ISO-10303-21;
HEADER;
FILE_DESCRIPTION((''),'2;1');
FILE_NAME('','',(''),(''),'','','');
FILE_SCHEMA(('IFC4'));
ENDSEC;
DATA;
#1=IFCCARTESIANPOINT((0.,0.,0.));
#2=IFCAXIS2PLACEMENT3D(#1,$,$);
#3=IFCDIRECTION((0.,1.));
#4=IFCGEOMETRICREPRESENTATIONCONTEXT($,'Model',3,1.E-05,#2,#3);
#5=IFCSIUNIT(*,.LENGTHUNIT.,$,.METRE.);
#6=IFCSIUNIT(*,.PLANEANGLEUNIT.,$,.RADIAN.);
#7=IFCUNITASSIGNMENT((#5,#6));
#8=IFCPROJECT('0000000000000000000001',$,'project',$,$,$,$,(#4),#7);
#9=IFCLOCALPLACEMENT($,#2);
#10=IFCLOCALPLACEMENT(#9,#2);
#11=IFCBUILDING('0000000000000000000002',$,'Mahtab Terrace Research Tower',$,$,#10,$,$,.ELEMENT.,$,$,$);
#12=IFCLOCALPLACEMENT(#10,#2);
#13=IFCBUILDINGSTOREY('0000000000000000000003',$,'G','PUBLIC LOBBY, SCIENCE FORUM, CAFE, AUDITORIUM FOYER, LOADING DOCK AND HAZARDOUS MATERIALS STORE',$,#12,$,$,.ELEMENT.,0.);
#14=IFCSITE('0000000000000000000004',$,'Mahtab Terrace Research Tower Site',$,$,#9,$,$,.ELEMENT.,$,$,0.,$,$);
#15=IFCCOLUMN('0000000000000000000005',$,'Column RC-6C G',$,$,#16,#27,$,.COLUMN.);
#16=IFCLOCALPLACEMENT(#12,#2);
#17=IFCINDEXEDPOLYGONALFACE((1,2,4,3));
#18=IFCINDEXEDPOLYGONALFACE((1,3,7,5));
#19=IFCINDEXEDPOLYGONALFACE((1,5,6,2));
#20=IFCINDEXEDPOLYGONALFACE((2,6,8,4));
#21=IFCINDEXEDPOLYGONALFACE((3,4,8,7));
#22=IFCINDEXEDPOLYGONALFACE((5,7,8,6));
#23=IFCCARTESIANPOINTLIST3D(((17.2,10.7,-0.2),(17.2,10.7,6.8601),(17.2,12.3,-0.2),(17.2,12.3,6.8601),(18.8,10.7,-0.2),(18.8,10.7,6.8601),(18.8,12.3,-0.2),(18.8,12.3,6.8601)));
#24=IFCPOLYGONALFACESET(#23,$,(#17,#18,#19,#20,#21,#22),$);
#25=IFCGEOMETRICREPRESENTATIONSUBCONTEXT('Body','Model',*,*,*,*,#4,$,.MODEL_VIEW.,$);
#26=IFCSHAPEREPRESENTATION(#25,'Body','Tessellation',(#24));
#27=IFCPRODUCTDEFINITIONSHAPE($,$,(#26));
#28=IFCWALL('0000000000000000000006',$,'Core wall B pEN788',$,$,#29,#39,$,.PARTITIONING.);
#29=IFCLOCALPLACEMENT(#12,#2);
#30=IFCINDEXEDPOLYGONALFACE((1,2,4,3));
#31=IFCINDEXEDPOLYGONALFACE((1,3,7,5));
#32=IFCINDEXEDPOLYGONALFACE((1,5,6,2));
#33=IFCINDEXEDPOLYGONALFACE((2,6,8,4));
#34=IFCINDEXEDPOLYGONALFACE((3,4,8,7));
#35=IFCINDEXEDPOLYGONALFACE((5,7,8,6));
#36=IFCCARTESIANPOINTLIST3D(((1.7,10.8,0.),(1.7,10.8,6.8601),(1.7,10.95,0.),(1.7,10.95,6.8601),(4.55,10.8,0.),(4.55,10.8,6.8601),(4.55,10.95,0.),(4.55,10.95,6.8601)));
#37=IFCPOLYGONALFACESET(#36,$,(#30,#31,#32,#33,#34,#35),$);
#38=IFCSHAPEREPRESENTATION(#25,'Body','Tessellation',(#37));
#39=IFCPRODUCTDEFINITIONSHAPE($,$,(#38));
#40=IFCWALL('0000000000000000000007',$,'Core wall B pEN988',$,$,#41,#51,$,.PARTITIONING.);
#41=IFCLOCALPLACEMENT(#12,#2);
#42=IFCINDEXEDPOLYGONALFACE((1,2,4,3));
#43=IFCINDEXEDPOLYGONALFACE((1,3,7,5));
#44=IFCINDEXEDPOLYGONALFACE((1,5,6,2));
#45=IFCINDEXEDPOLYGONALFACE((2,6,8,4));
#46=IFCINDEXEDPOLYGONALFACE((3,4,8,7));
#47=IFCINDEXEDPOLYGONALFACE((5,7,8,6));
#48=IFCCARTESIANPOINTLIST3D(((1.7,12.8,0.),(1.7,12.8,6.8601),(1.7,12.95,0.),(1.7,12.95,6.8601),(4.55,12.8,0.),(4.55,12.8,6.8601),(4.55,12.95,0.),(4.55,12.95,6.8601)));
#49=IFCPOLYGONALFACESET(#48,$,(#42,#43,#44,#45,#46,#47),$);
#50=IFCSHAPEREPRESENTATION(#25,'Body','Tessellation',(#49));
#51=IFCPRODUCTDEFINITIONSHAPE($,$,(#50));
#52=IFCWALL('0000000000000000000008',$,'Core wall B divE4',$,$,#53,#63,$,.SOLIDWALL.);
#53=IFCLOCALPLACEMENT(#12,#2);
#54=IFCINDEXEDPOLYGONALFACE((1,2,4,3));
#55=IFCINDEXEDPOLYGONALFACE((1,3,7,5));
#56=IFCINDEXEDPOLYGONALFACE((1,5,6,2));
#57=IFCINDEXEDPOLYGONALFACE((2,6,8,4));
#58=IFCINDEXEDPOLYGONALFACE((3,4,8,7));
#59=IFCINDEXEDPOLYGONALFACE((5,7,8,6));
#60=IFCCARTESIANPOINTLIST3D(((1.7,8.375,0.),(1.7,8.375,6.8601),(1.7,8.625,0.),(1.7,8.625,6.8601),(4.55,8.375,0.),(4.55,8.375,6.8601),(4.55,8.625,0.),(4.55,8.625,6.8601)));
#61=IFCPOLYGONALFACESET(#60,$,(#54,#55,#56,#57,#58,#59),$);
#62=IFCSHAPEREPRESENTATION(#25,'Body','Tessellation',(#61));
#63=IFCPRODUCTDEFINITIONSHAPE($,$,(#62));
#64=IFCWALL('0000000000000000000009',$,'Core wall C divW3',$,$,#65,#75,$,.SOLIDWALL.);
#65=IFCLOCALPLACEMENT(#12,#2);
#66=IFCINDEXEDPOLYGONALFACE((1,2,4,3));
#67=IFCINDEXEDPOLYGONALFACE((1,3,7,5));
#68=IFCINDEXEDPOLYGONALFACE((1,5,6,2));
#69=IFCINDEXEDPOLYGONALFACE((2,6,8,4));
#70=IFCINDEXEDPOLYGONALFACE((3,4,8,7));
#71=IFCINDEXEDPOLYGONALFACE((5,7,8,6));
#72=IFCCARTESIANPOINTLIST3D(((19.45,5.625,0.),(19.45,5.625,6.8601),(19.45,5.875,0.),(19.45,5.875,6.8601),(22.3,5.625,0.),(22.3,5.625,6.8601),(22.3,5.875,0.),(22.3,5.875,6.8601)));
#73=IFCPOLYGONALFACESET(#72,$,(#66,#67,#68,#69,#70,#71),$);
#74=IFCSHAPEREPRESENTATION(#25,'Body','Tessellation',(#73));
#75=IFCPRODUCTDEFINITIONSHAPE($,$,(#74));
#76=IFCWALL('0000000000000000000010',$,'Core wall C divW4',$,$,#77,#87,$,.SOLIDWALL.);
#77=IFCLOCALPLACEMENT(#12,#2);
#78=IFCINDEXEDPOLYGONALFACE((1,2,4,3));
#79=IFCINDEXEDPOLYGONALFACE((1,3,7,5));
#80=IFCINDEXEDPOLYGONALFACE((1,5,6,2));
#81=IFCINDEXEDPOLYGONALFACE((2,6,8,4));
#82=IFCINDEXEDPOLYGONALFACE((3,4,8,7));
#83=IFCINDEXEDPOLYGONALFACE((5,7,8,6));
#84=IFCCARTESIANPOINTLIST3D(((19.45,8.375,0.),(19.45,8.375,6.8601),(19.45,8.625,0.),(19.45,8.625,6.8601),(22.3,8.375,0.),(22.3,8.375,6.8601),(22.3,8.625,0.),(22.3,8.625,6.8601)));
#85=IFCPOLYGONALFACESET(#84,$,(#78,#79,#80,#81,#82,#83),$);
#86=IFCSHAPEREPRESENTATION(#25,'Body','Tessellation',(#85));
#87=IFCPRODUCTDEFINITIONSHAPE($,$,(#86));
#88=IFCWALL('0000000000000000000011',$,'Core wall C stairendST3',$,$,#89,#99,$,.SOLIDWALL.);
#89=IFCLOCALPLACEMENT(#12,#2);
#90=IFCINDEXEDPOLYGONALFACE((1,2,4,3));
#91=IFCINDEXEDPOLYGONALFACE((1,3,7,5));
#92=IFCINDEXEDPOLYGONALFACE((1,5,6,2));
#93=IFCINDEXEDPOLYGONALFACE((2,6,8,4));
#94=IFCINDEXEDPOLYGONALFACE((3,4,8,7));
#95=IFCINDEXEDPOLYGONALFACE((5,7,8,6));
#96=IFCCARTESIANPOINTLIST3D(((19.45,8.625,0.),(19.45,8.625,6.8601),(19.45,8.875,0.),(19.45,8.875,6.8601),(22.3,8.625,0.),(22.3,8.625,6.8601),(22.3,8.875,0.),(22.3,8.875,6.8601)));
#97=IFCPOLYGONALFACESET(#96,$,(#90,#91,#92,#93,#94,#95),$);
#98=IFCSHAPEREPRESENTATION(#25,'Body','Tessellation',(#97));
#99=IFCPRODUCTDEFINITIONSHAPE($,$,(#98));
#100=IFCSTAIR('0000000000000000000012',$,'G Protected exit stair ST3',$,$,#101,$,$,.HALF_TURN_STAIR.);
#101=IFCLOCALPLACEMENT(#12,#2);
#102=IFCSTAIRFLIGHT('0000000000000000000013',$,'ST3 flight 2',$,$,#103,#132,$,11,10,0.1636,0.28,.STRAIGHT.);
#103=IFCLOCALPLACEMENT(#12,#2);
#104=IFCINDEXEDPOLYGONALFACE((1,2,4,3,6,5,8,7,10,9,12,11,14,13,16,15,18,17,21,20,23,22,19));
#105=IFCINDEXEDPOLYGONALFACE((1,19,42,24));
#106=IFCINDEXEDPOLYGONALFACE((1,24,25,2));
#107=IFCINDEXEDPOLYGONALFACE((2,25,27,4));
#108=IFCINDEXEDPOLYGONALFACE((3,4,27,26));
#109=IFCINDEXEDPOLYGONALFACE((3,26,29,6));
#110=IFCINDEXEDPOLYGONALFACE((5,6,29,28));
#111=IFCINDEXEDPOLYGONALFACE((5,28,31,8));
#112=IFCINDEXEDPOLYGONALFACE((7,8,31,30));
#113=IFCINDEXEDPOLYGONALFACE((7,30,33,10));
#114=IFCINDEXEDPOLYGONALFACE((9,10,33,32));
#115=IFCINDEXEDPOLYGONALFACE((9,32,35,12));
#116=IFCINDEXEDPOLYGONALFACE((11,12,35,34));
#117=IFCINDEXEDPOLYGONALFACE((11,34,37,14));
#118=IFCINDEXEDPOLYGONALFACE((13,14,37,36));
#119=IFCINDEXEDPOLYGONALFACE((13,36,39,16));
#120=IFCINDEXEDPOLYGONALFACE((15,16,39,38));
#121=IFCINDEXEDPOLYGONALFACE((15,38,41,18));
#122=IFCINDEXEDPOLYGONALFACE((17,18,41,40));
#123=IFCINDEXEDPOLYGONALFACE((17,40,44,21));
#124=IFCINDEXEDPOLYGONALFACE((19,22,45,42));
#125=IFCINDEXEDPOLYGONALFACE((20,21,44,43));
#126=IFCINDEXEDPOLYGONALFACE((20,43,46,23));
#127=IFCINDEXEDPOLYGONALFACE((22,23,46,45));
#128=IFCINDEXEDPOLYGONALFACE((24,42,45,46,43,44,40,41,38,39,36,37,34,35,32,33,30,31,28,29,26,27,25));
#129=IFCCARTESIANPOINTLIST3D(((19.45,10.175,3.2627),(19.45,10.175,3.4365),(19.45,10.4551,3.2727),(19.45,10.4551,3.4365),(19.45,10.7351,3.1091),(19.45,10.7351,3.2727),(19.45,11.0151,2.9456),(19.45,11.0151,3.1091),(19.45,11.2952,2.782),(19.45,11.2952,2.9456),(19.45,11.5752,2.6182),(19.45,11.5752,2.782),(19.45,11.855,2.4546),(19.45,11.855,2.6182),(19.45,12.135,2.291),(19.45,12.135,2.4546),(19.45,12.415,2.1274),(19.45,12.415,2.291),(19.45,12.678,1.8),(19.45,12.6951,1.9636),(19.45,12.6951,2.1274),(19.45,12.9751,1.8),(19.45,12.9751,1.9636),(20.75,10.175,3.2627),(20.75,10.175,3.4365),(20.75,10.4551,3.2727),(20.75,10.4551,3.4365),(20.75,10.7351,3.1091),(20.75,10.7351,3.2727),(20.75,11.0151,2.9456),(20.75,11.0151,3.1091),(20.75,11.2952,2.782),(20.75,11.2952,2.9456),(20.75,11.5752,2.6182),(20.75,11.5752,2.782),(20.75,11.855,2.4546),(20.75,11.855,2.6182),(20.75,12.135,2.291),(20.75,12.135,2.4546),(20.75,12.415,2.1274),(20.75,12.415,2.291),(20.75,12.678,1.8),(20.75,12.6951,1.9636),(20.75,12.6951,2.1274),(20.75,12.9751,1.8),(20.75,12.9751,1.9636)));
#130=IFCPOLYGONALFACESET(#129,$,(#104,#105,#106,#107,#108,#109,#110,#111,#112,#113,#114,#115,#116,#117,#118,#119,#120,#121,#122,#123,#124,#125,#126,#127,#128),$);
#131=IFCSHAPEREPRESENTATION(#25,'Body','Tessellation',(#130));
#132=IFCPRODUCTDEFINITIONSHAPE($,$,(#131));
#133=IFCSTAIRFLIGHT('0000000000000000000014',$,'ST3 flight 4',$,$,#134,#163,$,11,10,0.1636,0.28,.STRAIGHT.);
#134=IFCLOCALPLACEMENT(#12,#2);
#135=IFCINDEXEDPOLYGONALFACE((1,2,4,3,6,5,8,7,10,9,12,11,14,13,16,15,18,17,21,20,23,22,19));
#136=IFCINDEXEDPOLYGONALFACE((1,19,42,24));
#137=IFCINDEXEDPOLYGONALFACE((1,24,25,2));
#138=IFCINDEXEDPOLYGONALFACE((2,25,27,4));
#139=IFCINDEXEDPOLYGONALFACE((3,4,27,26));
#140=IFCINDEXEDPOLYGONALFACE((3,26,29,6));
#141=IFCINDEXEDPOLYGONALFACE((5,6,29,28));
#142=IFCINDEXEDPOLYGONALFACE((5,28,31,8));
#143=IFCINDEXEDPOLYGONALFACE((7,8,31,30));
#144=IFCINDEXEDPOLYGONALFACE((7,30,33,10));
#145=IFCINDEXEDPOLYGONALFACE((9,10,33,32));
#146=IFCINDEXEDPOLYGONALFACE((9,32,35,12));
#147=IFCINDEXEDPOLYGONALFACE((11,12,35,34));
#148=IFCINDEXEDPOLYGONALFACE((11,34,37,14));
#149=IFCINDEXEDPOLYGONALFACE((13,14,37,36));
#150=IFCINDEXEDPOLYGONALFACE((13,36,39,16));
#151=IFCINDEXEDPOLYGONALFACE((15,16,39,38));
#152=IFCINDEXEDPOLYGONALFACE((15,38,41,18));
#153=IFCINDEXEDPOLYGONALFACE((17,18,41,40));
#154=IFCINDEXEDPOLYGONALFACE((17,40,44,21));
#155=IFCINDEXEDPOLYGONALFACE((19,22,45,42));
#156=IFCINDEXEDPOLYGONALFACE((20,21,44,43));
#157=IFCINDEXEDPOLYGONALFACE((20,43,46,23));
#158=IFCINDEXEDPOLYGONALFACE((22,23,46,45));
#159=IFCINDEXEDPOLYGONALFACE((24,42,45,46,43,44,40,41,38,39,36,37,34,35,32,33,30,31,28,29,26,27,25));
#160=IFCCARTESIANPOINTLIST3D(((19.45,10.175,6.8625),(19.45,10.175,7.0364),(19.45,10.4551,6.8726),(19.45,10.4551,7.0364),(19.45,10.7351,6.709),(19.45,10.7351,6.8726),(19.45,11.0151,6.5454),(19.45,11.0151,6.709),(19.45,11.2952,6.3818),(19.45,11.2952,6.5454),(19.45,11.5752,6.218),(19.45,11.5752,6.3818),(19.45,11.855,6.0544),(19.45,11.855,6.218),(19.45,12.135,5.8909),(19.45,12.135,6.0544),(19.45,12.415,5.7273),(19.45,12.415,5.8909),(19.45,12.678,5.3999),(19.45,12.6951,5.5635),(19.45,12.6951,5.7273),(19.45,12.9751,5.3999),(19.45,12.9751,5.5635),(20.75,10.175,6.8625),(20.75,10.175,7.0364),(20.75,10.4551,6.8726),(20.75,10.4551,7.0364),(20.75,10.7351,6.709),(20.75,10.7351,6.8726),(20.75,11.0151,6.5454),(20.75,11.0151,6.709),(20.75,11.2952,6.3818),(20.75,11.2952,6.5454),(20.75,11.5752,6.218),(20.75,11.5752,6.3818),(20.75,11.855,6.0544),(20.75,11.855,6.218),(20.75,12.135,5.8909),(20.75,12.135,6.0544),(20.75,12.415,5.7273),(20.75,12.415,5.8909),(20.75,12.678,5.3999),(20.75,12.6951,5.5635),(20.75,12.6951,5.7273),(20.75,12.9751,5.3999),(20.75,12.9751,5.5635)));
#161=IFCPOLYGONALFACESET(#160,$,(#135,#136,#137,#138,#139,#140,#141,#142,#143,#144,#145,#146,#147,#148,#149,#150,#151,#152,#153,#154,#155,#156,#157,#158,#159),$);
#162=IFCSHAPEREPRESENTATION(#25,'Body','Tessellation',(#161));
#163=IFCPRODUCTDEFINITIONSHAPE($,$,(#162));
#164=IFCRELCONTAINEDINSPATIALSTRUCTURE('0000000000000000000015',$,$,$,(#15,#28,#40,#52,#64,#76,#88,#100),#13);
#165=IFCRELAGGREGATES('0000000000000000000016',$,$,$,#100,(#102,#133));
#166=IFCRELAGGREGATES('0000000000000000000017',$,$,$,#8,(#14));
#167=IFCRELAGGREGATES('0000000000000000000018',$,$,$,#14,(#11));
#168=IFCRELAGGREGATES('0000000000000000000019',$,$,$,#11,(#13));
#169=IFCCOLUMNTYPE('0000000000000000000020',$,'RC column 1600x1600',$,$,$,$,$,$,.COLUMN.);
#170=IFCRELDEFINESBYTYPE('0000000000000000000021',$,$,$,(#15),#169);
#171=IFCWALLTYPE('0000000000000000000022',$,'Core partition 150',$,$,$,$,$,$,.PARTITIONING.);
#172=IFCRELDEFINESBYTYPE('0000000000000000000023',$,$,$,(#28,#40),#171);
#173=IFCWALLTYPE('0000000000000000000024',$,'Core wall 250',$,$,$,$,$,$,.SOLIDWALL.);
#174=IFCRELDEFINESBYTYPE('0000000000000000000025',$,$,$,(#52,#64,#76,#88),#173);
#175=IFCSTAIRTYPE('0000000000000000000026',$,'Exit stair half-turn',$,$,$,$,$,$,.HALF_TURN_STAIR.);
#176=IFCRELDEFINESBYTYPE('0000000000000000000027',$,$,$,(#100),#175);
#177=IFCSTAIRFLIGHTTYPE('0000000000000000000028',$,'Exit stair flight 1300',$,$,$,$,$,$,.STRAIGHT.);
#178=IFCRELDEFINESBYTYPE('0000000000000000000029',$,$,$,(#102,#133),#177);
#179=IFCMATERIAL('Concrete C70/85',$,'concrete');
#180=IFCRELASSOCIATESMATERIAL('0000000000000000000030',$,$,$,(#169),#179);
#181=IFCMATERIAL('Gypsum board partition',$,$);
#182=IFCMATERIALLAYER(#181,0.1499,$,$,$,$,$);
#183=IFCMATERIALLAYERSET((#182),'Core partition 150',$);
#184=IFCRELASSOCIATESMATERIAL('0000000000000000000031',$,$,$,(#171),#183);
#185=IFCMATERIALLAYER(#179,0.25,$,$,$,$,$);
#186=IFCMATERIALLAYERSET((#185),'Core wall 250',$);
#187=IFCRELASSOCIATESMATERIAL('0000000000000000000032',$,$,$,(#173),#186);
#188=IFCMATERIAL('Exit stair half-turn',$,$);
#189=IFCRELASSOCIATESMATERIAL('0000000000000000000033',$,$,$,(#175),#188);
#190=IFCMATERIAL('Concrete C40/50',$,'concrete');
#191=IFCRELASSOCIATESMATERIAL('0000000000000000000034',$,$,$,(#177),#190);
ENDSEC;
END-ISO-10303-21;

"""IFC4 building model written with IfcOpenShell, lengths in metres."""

from ifc_helpers import new_model, si_unit, direction, frame, frame_2d, origin, origin_2d, place, context, subcontext, project, spatial, polyline, rectangle, outline, extrude, material, layer, layer_set, material_profile, profile_set, type_object, element, aggregate, save


model = new_model("IFC4")

# Units and contexts
model_context = context("Model", 3, precision=1e-05, world=origin(), true_north=direction((0.0, 1.0)))
body_context = subcontext(model_context, "Body", "Model", "MODEL_VIEW")
ifc_project = project(units=[si_unit("LENGTHUNIT", "METRE"), si_unit("PLANEANGLEUNIT", "RADIAN")], contexts=[model_context])

# Site, building, storey
site_placement = place(None, origin())
site = spatial("IfcSite", under=ifc_project, at=site_placement, Name="Mahtab Terrace Research Tower Site", CompositionType="ELEMENT", RefElevation=0.0)
building_placement = place(site_placement, origin())
building = spatial("IfcBuilding", under=site, at=building_placement, Name="Mahtab Terrace Research Tower", CompositionType="ELEMENT")
storey_placement = place(building_placement, origin())
storey = spatial("IfcBuildingStorey", under=building, at=storey_placement, Name="G", Description="PUBLIC LOBBY, SCIENCE FORUM, CAFE, AUDITORIUM FOYER, LOADING DOCK AND HAZARDOUS MATERIALS STORE", CompositionType="ELEMENT", Elevation=0.0)

# Shared definitions
ifc_material_1 = material(Name="Concrete C40/50", Category="concrete")

# Column
ifc_material_2 = material(Name="Concrete C70/85", Category="concrete")
ifc_material_profile_1 = material_profile(ifc_material_2, rectangle(XDim=1.6001, YDim=1.6001, at=origin_2d()), Name="RC column 1600x1600")
ifc_profile_set_1 = profile_set([ifc_material_profile_1], Name="Concrete C70/85")
column_type = type_object("IfcColumnType", Name="RC column 1600x1600", PredefinedType="COLUMN", material=ifc_profile_set_1)
for number, where, z_axis, x_axis, name in (
    (1, (18.0, 11.5, -0.2), (0.0, 0.0, 1.0), (1.0, 0.0, 0.0), "Column RC-6C G"),
):
    element("IfcColumn", number, at=place(storey_placement, frame(where, z_axis=z_axis, x_axis=x_axis)), inside=storey, type_object=column_type, Name=name, PredefinedType="COLUMN", context=body_context, shape_type="SweptSolid", body=[
        extrude(rectangle(XDim=1.6001, YDim=1.6001, at=origin_2d()), origin(), (0.0, 0.0, 1.0), 7.0601),
    ])

# Walls
ifc_material_3 = material(Name="Gypsum board partition")
ifc_layer_1 = layer(ifc_material_3, 0.1499)
ifc_layer_set_1 = layer_set([ifc_layer_1], Name="Core partition 150")
wall_type_1 = type_object("IfcWallType", Name="Core partition 150", PredefinedType="PARTITIONING", material=ifc_layer_set_1)
for number, where, z_axis, x_axis, name in (
    (2, (1.7, 10.875, 0.0), (0.0, 0.0, 1.0), (1.0, 0.0, 0.0), "Core wall B pEN788"),
    (3, (1.7, 12.875, 0.0), (0.0, 0.0, 1.0), (1.0, 0.0, 0.0), "Core wall B pEN988"),
):
    element("IfcWall", number, at=place(storey_placement, frame(where, z_axis=z_axis, x_axis=x_axis)), inside=storey, type_object=wall_type_1, Name=name, PredefinedType="PARTITIONING", context=body_context, shape_type="SweptSolid", body=[
        extrude(rectangle(XDim=2.8501, YDim=0.1499, at=frame_2d((1.425, 0.0))), origin(), (0.0, 0.0, 1.0), 6.8601),
    ])
ifc_layer_2 = layer(ifc_material_2, 0.25)
ifc_layer_set_2 = layer_set([ifc_layer_2], Name="Core wall 250")
wall_type_2 = type_object("IfcWallType", Name="Core wall 250", PredefinedType="SOLIDWALL", material=ifc_layer_set_2)
for number, where, z_axis, x_axis, name in (
    (4, (1.7, 8.5, 0.0), (0.0, 0.0, 1.0), (1.0, 0.0, 0.0), "Core wall B divE4"),
    (5, (19.45, 5.75, 0.0), (0.0, 0.0, 1.0), (1.0, 0.0, 0.0), "Core wall C divW3"),
    (6, (19.45, 8.5, 0.0), (0.0, 0.0, 1.0), (1.0, 0.0, 0.0), "Core wall C divW4"),
    (7, (19.45, 8.75, 0.0), (0.0, 0.0, 1.0), (1.0, 0.0, 0.0), "Core wall C stairendST3"),
):
    element("IfcWall", number, at=place(storey_placement, frame(where, z_axis=z_axis, x_axis=x_axis)), inside=storey, type_object=wall_type_2, Name=name, PredefinedType="SOLIDWALL", context=body_context, shape_type="SweptSolid", body=[
        extrude(rectangle(XDim=2.8501, YDim=0.25, at=frame_2d((1.425, 0.0))), origin(), (0.0, 0.0, 1.0), 6.8601),
    ])

# Stair, stair flights
ifc_material_4 = material(Name="Exit stair half-turn")
stair_type = type_object("IfcStairType", Name="Exit stair half-turn", PredefinedType="HALF_TURN_STAIR", material=ifc_material_4)
stair_placement = place(storey_placement, origin())
stair = element("IfcStair", 8, at=stair_placement, inside=storey, type_object=stair_type, Name="G Protected exit stair ST3", PredefinedType="HALF_TURN_STAIR")
stair_flight_type = type_object("IfcStairFlightType", Name="Exit stair flight 1300", PredefinedType="STRAIGHT", material=ifc_material_1)
stair_flight_1_placement = place(storey_placement, frame((20.1001, 12.9751, 1.8), z_axis=(0.0, 0.0, 1.0), x_axis=(0.0, -1.0, 0.0)))
stair_flight_1 = element("IfcStairFlight", 9, at=stair_flight_1_placement, type_object=stair_flight_type, Name="ST3 flight 2", NumberOfRisers=11, NumberOfTreads=10, PredefinedType="STRAIGHT", RiserHeight=0.1636, TreadLength=0.28, context=body_context, shape_type="SweptSolid", body=[
    extrude(outline(polyline([(0.0, 0.0), (0.0, 0.1636), (0.28, 0.1636), (0.28, 0.3274), (0.5601, 0.3274), (0.5601, 0.491), (0.8401, 0.491), (0.8401, 0.6545), (1.1201, 0.6545), (1.1201, 0.8181), (1.3999, 0.8181), (1.3999, 0.9819), (1.6799, 0.9819), (1.6799, 1.1455), (1.96, 1.1455), (1.96, 1.3091), (2.24, 1.3091), (2.24, 1.4727), (2.52, 1.4727), (2.52, 1.6365), (2.8, 1.6365), (2.8, 1.8), (2.8, 1.4626), (0.2971, 0.0), (0.0, 0.0)])), frame((0.0, 0.6499, 0.0), z_axis=(0.0, -1.0, 0.0), x_axis=(1.0, 0.0, 0.0)), (0.0, 0.0, 1.0), 1.3),
])
stair_flight_2_placement = place(storey_placement, frame((20.1001, 12.9751, 5.3999), z_axis=(0.0, 0.0, 1.0), x_axis=(0.0, -1.0, 0.0)))
stair_flight_2 = element("IfcStairFlight", 10, at=stair_flight_2_placement, type_object=stair_flight_type, Name="ST3 flight 4", NumberOfRisers=11, NumberOfTreads=10, PredefinedType="STRAIGHT", RiserHeight=0.1636, TreadLength=0.28, context=body_context, shape_type="SweptSolid", body=[
    extrude(outline(polyline([(0.0, 0.0), (0.0, 0.1636), (0.28, 0.1636), (0.28, 0.3274), (0.5601, 0.3274), (0.5601, 0.491), (0.8401, 0.491), (0.8401, 0.6545), (1.1201, 0.6545), (1.1201, 0.8181), (1.3999, 0.8181), (1.3999, 0.9819), (1.6799, 0.9819), (1.6799, 1.1455), (1.96, 1.1455), (1.96, 1.3091), (2.24, 1.3091), (2.24, 1.4727), (2.52, 1.4727), (2.52, 1.6365), (2.8, 1.6365), (2.8, 1.8), (2.8, 1.4626), (0.2971, 0.0), (0.0, 0.0)])), frame((0.0, 0.6499, 0.0), z_axis=(0.0, -1.0, 0.0), x_axis=(1.0, 0.0, 0.0)), (0.0, 0.0, 1.0), 1.3),
])
aggregate(stair, [stair_flight_1, stair_flight_2])

save(model, "model.ifc")
